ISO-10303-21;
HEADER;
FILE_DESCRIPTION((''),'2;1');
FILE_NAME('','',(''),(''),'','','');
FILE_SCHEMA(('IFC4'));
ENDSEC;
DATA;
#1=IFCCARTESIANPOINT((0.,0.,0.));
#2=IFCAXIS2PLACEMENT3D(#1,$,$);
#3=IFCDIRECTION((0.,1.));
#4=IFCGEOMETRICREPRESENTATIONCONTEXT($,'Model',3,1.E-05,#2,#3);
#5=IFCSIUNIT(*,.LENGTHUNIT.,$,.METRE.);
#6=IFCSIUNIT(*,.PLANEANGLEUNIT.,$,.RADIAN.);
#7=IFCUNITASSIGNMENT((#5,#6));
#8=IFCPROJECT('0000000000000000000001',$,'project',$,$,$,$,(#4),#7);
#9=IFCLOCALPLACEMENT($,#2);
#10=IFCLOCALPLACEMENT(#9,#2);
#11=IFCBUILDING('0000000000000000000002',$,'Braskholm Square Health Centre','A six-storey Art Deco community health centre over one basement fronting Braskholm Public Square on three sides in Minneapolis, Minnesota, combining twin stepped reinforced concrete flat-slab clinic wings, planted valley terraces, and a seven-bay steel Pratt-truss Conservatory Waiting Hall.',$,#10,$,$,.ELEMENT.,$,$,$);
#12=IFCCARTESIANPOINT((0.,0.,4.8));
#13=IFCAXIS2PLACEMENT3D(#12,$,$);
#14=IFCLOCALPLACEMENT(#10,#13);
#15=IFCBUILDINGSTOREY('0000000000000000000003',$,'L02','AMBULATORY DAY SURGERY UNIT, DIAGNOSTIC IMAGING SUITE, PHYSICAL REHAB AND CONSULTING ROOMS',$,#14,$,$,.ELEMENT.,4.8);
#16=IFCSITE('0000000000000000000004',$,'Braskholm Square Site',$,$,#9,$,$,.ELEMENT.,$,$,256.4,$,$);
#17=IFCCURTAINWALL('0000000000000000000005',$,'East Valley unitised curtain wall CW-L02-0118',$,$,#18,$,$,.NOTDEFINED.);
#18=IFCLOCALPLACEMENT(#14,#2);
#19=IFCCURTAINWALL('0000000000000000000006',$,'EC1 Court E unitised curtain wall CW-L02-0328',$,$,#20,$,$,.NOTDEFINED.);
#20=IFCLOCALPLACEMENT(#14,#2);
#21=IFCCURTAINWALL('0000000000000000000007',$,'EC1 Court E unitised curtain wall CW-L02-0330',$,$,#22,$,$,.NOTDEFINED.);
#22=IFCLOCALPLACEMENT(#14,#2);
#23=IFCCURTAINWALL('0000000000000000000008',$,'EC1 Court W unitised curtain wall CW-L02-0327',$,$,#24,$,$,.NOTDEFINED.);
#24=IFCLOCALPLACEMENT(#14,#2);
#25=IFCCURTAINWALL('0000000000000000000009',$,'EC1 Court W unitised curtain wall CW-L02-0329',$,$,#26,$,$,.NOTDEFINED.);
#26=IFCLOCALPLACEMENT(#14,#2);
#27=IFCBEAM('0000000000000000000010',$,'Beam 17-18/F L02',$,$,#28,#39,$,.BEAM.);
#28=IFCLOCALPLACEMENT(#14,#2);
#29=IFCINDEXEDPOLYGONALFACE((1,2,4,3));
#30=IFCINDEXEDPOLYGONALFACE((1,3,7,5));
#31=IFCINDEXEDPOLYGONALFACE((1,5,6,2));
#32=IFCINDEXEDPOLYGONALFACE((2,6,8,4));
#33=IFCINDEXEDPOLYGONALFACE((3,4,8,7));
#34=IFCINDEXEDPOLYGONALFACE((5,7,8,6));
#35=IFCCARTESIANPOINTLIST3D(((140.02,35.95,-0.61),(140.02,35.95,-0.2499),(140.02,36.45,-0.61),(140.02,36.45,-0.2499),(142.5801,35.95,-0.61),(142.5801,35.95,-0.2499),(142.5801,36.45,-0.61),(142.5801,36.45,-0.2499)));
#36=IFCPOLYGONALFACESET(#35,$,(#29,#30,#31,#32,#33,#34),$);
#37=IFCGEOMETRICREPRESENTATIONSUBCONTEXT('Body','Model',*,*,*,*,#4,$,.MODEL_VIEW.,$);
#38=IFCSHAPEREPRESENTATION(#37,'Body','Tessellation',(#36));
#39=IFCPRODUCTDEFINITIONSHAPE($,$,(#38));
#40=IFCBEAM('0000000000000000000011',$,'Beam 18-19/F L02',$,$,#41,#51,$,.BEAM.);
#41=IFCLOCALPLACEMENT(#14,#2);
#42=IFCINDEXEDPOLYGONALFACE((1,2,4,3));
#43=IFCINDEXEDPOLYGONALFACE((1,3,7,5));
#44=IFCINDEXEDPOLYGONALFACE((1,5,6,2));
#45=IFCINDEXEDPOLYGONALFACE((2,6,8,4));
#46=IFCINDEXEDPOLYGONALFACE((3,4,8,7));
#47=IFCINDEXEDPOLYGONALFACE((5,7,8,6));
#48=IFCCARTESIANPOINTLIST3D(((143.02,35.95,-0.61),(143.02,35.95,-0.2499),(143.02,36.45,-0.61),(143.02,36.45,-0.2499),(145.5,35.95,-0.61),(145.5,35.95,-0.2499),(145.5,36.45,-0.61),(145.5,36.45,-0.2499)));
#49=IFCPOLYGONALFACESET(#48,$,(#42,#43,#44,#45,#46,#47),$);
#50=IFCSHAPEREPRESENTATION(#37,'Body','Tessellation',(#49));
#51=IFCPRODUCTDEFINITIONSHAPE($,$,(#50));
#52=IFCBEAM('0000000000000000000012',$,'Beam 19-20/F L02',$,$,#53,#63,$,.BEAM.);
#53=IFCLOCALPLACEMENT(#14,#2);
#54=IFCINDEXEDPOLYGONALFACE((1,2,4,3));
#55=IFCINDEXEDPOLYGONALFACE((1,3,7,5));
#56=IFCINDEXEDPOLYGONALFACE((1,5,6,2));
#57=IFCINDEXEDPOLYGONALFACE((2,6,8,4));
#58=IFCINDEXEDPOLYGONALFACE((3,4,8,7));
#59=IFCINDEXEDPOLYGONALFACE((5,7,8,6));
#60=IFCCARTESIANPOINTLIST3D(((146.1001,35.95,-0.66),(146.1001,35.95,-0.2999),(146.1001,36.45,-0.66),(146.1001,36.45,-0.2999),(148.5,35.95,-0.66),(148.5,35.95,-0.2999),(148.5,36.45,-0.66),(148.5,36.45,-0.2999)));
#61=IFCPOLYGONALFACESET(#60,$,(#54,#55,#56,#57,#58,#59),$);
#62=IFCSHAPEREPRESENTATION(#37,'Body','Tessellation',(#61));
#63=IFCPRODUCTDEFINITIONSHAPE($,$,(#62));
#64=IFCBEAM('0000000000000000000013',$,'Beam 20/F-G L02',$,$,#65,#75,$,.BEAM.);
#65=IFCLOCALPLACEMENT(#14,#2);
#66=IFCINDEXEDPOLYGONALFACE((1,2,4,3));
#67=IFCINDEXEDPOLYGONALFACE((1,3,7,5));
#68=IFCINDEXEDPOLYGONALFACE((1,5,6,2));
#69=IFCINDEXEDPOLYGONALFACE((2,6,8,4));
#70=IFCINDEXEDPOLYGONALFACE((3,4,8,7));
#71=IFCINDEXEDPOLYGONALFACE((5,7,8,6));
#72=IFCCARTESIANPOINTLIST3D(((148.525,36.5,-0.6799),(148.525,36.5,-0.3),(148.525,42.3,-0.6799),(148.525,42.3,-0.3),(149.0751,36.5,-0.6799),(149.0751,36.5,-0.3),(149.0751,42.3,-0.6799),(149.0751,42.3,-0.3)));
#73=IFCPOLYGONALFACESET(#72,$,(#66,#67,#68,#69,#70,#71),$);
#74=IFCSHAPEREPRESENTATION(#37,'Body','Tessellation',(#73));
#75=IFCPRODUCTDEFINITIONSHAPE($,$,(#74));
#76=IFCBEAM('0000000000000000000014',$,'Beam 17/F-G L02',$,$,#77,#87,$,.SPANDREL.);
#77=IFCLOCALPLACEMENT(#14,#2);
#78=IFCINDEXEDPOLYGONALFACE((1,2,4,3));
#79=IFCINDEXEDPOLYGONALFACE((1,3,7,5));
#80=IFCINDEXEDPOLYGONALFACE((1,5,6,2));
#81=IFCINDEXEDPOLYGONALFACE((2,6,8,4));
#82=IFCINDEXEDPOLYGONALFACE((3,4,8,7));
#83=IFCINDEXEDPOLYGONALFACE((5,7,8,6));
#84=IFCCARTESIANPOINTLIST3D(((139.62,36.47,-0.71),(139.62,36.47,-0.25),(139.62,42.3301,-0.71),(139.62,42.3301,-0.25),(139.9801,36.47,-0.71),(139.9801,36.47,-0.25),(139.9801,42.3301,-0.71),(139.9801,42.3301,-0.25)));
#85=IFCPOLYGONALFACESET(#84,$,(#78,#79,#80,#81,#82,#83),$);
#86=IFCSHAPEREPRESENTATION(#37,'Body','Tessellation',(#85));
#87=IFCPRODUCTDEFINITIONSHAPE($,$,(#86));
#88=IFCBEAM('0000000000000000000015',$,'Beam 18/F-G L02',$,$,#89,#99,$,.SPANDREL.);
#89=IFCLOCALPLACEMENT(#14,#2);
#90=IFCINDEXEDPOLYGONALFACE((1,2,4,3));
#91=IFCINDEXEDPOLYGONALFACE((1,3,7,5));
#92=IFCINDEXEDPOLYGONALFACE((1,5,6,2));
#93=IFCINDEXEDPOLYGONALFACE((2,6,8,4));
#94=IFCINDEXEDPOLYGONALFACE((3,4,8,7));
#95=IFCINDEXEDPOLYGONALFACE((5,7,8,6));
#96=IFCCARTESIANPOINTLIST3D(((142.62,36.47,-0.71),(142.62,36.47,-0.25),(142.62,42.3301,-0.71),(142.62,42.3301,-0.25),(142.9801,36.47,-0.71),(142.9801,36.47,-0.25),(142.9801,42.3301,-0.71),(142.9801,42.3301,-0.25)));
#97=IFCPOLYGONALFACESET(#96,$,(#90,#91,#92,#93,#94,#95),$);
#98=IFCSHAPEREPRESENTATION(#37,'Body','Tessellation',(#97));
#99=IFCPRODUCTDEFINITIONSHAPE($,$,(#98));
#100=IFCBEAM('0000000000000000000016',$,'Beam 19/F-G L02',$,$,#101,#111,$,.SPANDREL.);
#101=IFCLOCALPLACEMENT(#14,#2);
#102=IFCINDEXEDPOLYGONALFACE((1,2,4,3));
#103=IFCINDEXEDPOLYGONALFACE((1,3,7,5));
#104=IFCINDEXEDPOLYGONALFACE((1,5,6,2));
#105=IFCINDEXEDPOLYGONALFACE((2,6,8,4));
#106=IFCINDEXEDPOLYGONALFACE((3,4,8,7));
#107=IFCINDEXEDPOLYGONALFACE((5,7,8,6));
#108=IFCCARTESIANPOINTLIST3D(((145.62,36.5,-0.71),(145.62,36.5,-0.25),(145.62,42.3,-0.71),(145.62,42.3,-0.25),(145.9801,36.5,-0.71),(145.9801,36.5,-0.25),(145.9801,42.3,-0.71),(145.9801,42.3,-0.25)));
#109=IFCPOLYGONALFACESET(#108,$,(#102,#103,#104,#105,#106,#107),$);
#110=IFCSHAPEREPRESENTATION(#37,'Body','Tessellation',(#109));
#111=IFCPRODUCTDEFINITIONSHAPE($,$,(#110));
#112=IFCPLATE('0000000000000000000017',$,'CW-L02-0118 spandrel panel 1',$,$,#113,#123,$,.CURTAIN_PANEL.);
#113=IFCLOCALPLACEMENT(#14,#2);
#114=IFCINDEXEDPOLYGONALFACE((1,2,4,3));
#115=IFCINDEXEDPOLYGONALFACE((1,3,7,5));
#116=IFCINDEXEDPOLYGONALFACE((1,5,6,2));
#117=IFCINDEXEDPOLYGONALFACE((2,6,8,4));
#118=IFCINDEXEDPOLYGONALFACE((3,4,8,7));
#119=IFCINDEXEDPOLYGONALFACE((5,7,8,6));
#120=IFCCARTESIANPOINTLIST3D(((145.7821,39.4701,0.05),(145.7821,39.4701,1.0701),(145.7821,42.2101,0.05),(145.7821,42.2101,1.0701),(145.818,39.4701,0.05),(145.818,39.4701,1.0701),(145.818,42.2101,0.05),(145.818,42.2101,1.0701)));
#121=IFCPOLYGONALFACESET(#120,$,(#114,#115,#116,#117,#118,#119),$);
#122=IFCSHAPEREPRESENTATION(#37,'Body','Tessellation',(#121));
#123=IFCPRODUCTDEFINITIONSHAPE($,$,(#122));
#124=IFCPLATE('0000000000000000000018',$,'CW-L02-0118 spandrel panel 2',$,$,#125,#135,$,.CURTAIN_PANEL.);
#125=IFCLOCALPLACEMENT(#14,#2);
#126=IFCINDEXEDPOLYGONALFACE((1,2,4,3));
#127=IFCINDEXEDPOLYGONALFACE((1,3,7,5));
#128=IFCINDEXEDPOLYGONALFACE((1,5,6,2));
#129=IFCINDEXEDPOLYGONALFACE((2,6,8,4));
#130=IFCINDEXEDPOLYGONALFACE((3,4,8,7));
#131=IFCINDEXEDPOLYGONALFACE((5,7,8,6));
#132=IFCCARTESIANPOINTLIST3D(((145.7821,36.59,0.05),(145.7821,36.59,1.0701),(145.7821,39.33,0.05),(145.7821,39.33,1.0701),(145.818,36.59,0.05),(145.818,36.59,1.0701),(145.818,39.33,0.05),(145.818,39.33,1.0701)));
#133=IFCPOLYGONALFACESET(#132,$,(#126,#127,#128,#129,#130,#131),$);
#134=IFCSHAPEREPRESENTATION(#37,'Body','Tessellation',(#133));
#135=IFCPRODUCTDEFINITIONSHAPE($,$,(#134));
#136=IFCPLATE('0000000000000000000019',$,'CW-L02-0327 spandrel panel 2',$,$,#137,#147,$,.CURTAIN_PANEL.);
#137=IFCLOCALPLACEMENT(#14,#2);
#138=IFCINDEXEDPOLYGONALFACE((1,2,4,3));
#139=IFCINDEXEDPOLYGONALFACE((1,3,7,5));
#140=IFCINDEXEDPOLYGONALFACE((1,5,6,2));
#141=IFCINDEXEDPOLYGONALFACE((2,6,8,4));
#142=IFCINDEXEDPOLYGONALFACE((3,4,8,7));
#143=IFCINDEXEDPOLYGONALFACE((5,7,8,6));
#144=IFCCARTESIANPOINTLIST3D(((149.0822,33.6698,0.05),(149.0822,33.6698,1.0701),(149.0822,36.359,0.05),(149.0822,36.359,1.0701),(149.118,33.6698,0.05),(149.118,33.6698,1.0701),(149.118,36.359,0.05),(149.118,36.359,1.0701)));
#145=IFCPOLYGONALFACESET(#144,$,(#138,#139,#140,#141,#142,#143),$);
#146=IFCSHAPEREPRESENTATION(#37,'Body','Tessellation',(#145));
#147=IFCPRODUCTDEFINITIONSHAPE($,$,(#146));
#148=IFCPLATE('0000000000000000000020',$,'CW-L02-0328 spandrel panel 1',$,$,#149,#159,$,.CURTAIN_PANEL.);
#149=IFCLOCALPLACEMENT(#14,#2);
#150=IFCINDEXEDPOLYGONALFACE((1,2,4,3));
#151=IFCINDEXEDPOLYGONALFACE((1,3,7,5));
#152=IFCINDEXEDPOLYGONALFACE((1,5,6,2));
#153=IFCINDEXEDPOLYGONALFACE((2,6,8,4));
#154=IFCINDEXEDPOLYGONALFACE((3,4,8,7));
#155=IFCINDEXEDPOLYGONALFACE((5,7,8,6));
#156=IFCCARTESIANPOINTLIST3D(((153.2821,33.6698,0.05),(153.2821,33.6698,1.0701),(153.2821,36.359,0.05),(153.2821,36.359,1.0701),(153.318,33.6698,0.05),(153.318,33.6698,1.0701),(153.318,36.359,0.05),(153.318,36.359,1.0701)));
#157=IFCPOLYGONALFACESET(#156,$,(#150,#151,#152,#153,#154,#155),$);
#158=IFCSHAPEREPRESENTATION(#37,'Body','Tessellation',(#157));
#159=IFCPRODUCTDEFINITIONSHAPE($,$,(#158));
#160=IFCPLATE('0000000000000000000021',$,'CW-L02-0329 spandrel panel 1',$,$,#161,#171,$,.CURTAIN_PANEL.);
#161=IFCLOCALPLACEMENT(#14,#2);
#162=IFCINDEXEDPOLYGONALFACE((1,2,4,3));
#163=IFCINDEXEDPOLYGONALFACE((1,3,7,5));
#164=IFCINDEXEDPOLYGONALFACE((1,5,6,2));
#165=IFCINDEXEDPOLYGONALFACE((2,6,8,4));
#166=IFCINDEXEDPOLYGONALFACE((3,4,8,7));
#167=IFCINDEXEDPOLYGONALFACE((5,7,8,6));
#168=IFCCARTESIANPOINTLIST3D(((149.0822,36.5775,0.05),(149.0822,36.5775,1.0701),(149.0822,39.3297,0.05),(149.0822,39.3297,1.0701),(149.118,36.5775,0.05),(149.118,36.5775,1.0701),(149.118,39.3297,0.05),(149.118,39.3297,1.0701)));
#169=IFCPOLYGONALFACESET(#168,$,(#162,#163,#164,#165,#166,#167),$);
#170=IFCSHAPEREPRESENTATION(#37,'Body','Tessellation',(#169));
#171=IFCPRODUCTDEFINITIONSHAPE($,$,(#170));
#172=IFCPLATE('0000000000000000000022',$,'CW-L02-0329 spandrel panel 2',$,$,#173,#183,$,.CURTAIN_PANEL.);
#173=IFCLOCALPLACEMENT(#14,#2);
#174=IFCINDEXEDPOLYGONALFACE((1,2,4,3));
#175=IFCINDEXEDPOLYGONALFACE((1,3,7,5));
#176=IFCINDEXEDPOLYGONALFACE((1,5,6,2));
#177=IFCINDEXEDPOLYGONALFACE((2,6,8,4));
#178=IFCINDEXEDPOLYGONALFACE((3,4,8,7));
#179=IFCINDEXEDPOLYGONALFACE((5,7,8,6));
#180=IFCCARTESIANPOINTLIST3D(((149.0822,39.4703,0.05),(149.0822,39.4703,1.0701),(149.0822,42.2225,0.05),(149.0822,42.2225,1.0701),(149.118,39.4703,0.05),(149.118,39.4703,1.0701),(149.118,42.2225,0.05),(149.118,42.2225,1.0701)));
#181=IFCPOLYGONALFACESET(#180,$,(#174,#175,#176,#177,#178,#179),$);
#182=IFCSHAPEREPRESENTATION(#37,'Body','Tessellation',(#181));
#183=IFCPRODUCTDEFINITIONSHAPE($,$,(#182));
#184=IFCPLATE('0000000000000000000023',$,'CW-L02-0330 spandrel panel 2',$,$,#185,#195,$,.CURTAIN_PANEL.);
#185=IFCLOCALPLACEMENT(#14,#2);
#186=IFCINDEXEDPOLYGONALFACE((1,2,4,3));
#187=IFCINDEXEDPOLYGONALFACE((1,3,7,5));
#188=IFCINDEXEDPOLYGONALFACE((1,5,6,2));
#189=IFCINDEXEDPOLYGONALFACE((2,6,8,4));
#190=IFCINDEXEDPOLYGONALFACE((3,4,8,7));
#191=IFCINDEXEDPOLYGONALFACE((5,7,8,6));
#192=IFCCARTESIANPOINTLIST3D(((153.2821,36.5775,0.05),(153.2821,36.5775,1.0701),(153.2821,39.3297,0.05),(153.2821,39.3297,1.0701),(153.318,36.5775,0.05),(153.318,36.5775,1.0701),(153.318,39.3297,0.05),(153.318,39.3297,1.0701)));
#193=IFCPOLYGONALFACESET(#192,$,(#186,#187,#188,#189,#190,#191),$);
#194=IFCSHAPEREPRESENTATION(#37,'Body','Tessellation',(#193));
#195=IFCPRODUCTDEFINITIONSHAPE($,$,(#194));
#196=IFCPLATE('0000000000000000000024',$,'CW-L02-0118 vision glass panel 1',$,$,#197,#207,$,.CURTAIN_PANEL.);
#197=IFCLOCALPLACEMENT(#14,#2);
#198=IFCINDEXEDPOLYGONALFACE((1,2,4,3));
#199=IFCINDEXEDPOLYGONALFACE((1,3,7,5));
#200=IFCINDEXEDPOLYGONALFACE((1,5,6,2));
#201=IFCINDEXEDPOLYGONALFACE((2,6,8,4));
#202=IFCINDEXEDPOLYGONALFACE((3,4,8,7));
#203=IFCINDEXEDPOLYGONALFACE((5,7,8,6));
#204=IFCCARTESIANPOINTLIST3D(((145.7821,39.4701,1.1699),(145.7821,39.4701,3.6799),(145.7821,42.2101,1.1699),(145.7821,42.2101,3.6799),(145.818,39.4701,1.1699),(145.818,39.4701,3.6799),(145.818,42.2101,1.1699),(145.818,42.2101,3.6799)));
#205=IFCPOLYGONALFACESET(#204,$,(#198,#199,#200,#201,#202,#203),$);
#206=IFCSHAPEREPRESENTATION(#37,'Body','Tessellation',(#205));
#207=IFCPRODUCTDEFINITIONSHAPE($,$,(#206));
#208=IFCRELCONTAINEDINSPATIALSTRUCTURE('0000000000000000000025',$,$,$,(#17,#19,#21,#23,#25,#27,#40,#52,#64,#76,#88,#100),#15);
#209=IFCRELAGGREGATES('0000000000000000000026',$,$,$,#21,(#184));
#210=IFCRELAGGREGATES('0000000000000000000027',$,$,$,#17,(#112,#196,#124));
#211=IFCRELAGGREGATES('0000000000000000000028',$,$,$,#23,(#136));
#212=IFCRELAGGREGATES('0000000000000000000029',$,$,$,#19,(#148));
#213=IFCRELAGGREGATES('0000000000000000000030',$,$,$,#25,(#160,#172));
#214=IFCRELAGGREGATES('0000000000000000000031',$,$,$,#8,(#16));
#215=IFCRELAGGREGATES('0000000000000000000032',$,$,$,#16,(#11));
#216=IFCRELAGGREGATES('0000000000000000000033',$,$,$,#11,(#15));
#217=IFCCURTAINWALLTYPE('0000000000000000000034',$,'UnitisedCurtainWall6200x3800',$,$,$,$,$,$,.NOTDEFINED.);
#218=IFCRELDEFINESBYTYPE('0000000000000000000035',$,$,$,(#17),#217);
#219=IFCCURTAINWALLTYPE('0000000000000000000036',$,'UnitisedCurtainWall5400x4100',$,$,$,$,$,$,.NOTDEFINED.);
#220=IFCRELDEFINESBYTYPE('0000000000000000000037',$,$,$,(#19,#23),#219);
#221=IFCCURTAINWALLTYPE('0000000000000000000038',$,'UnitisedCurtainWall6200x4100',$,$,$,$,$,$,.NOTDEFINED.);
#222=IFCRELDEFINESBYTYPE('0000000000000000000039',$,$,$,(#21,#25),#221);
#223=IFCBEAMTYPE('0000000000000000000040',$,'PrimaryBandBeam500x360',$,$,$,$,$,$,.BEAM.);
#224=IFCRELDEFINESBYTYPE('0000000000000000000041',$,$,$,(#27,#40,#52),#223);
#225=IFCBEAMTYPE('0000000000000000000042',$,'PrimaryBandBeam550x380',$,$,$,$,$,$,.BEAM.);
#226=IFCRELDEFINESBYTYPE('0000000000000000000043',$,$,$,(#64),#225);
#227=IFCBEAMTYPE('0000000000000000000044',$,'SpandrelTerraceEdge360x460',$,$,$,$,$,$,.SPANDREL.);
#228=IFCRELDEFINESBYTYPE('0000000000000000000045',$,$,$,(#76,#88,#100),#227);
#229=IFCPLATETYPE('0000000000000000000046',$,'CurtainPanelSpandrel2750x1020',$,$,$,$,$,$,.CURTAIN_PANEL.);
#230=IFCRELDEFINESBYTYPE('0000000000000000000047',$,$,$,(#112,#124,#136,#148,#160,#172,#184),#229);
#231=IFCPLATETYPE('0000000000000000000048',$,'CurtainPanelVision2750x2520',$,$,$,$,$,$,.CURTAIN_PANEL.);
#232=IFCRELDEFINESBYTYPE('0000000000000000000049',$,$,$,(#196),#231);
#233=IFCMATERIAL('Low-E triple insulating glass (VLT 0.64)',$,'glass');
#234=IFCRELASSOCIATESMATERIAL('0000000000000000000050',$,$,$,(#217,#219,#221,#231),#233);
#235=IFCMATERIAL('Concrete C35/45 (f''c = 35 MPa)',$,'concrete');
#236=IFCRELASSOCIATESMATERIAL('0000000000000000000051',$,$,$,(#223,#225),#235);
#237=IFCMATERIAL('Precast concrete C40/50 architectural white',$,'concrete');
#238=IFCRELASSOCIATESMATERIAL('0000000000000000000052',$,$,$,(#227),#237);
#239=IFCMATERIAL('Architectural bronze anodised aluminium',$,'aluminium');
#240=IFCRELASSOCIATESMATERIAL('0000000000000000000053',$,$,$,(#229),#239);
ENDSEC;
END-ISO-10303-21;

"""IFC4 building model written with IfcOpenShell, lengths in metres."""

from ifc_helpers import new_model, si_unit, direction, frame, origin, origin_2d, place, context, subcontext, project, spatial, rectangle, extrude, material, material_profile, profile_set, type_object, element, aggregate, save


model = new_model("IFC4")

# Units and contexts
model_context = context("Model", 3, precision=1e-05, world=origin(), true_north=direction((0.0, 1.0)))
body_context = subcontext(model_context, "Body", "Model", "MODEL_VIEW")
ifc_project = project(units=[si_unit("LENGTHUNIT", "METRE"), si_unit("PLANEANGLEUNIT", "RADIAN")], contexts=[model_context])

# Site, building, storey
site_placement = place(None, origin())
site = spatial("IfcSite", under=ifc_project, at=site_placement, Name="Braskholm Square Site", CompositionType="ELEMENT", RefElevation=256.4)
building_placement = place(site_placement, origin())
building = spatial("IfcBuilding", under=site, at=building_placement, Name="Braskholm Square Health Centre", Description="A six-storey Art Deco community health centre over one basement fronting Braskholm Public Square on three sides in Minneapolis, Minnesota, combining twin stepped reinforced concrete flat-slab clinic wings, planted valley terraces, and a seven-bay steel Pratt-truss Conservatory Waiting Hall.", CompositionType="ELEMENT")
storey_placement = place(building_placement, frame((0.0, 0.0, 4.8)))
storey = spatial("IfcBuildingStorey", under=building, at=storey_placement, Name="L02", Description="AMBULATORY DAY SURGERY UNIT, DIAGNOSTIC IMAGING SUITE, PHYSICAL REHAB AND CONSULTING ROOMS", CompositionType="ELEMENT", Elevation=4.8)

# Curtain walls
ifc_material_1 = material(Name="Low-E triple insulating glass (VLT 0.64)", Category="glass")
curtain_wall_type_1 = type_object("IfcCurtainWallType", Name="UnitisedCurtainWall6200x3800", PredefinedType="NOTDEFINED", material=ifc_material_1)
curtain_wall_1_placement = place(storey_placement, origin())
curtain_wall_1 = element("IfcCurtainWall", 1, at=curtain_wall_1_placement, inside=storey, type_object=curtain_wall_type_1, Name="East Valley unitised curtain wall CW-L02-0118", PredefinedType="NOTDEFINED")
ifc_material_2 = material(Name="Architectural bronze anodised aluminium", Category="aluminium")
curtain_wall_type_2 = type_object("IfcCurtainWallType", Name="UnitisedCurtainWall5400x4100", PredefinedType="NOTDEFINED", material=ifc_material_1)
curtain_wall_2_placement = place(storey_placement, origin())
curtain_wall_2 = element("IfcCurtainWall", 2, at=curtain_wall_2_placement, inside=storey, type_object=curtain_wall_type_2, Name="EC1 Court E unitised curtain wall CW-L02-0328", PredefinedType="NOTDEFINED")

# Curtain walls
curtain_wall_type_3 = type_object("IfcCurtainWallType", Name="UnitisedCurtainWall6200x4100", PredefinedType="NOTDEFINED", material=ifc_material_1)
curtain_wall_3_placement = place(storey_placement, origin())
curtain_wall_3 = element("IfcCurtainWall", 3, at=curtain_wall_3_placement, inside=storey, type_object=curtain_wall_type_3, Name="EC1 Court E unitised curtain wall CW-L02-0330", PredefinedType="NOTDEFINED")
curtain_wall_4_placement = place(storey_placement, origin())
curtain_wall_4 = element("IfcCurtainWall", 4, at=curtain_wall_4_placement, inside=storey, type_object=curtain_wall_type_2, Name="EC1 Court W unitised curtain wall CW-L02-0327", PredefinedType="NOTDEFINED")

# Curtain wall
curtain_wall_5_placement = place(storey_placement, origin())
curtain_wall_5 = element("IfcCurtainWall", 5, at=curtain_wall_5_placement, inside=storey, type_object=curtain_wall_type_3, Name="EC1 Court W unitised curtain wall CW-L02-0329", PredefinedType="NOTDEFINED")

# Beams
ifc_material_3 = material(Name="Concrete C35/45 (f'c = 35 MPa)", Category="concrete")
ifc_material_profile_1 = material_profile(ifc_material_3, rectangle(XDim=0.5, YDim=0.3601, at=origin_2d()), Name="RCB-500X360")
ifc_profile_set_1 = profile_set([ifc_material_profile_1], Name="Concrete C35/45 (f'c = 35 MPa)")
beam_type_1 = type_object("IfcBeamType", Name="PrimaryBandBeam500x360", PredefinedType="BEAM", material=ifc_profile_set_1)
beam_1_placement = place(storey_placement, frame((140.02, 36.2, -0.4299), z_axis=(1.0, 0.0, 0.0), x_axis=(0.0, 1.0, 0.0)))
element("IfcBeam", 6, at=beam_1_placement, inside=storey, type_object=beam_type_1, Name="Beam 17-18/F L02", PredefinedType="BEAM", context=body_context, shape_type="SweptSolid", body=[
    extrude(rectangle(XDim=0.5, YDim=0.3601, at=origin_2d()), origin(), (0.0, 0.0, 1.0), 2.5601),
])
beam_2_placement = place(storey_placement, frame((143.02, 36.2, -0.4299), z_axis=(1.0, 0.0, 0.0), x_axis=(0.0, 1.0, 0.0)))
element("IfcBeam", 7, at=beam_2_placement, inside=storey, type_object=beam_type_1, Name="Beam 18-19/F L02", PredefinedType="BEAM", context=body_context, shape_type="SweptSolid", body=[
    extrude(rectangle(XDim=0.5, YDim=0.3601, at=origin_2d()), origin(), (0.0, 0.0, 1.0), 2.48),
])
beam_3_placement = place(storey_placement, frame((146.1001, 36.2, -0.48), z_axis=(1.0, 0.0, 0.0), x_axis=(0.0, 1.0, 0.0)))
element("IfcBeam", 8, at=beam_3_placement, inside=storey, type_object=beam_type_1, Name="Beam 19-20/F L02", PredefinedType="BEAM", context=body_context, shape_type="SweptSolid", body=[
    extrude(rectangle(XDim=0.5, YDim=0.3601, at=origin_2d()), origin(), (0.0, 0.0, 1.0), 2.3999),
])
ifc_material_profile_2 = material_profile(ifc_material_3, rectangle(XDim=0.55, YDim=0.3799, at=origin_2d()), Name="RCB-550X380")
ifc_profile_set_2 = profile_set([ifc_material_profile_2], Name="Concrete C35/45 (f'c = 35 MPa)")
beam_type_2 = type_object("IfcBeamType", Name="PrimaryBandBeam550x380", PredefinedType="BEAM", material=ifc_profile_set_2)
beam_4_placement = place(storey_placement, frame((148.8, 36.5, -0.49), z_axis=(0.0, 1.0, 0.0), x_axis=(-1.0, 0.0, 0.0)))
element("IfcBeam", 9, at=beam_4_placement, inside=storey, type_object=beam_type_2, Name="Beam 20/F-G L02", PredefinedType="BEAM", context=body_context, shape_type="SweptSolid", body=[
    extrude(rectangle(XDim=0.55, YDim=0.3799, at=origin_2d()), origin(), (0.0, 0.0, 1.0), 5.8),
])
ifc_material_4 = material(Name="Precast concrete C40/50 architectural white", Category="concrete")
ifc_material_profile_3 = material_profile(ifc_material_4, rectangle(XDim=0.3601, YDim=0.46, at=origin_2d()), Name="RCB-360X460")
ifc_profile_set_3 = profile_set([ifc_material_profile_3], Name="Precast concrete C40/50 architectural white")
beam_type_3 = type_object("IfcBeamType", Name="SpandrelTerraceEdge360x460", PredefinedType="SPANDREL", material=ifc_profile_set_3)
for number, where, z_axis, x_axis, name in (
    (10, (139.8, 36.47, -0.48), (0.0, 1.0, 0.0), (-1.0, 0.0, 0.0), "Beam 17/F-G L02"),
    (11, (142.8, 36.47, -0.48), (0.0, 1.0, 0.0), (-1.0, 0.0, 0.0), "Beam 18/F-G L02"),
):
    element("IfcBeam", number, at=place(storey_placement, frame(where, z_axis=z_axis, x_axis=x_axis)), inside=storey, type_object=beam_type_3, Name=name, PredefinedType="SPANDREL", context=body_context, shape_type="SweptSolid", body=[
        extrude(rectangle(XDim=0.3601, YDim=0.46, at=origin_2d()), origin(), (0.0, 0.0, 1.0), 5.8601),
    ])
beam_5_placement = place(storey_placement, frame((145.8, 36.5, -0.48), z_axis=(0.0, 1.0, 0.0), x_axis=(-1.0, 0.0, 0.0)))
element("IfcBeam", 12, at=beam_5_placement, inside=storey, type_object=beam_type_3, Name="Beam 19/F-G L02", PredefinedType="SPANDREL", context=body_context, shape_type="SweptSolid", body=[
    extrude(rectangle(XDim=0.3601, YDim=0.46, at=origin_2d()), origin(), (0.0, 0.0, 1.0), 5.8),
])

# Plates
plate_type_1 = type_object("IfcPlateType", Name="CurtainPanelSpandrel2750x1020", PredefinedType="CURTAIN_PANEL", material=ifc_material_2)
plate_1_placement = place(storey_placement, frame((145.8, 40.8401, 0.05), z_axis=(0.0, 0.0, 1.0), x_axis=(0.0, -1.0, 0.0)))
plate_1 = element("IfcPlate", 13, at=plate_1_placement, type_object=plate_type_1, Name="CW-L02-0118 spandrel panel 1", PredefinedType="CURTAIN_PANEL", context=body_context, shape_type="SweptSolid", body=[
    extrude(rectangle(XDim=2.74, YDim=0.0359, at=origin_2d()), origin(), (0.0, 0.0, 1.0), 1.02),
])
plate_2_placement = place(storey_placement, frame((145.8, 37.96, 0.05), z_axis=(0.0, 0.0, 1.0), x_axis=(0.0, -1.0, 0.0)))
plate_2 = element("IfcPlate", 14, at=plate_2_placement, type_object=plate_type_1, Name="CW-L02-0118 spandrel panel 2", PredefinedType="CURTAIN_PANEL", context=body_context, shape_type="SweptSolid", body=[
    extrude(rectangle(XDim=2.74, YDim=0.0359, at=origin_2d()), origin(), (0.0, 0.0, 1.0), 1.02),
])
plate_3_placement = place(storey_placement, frame((149.1001, 35.0144, 0.05), z_axis=(0.0, 0.0, 1.0), x_axis=(0.0, 1.0, 0.0)))
plate_3 = element("IfcPlate", 15, at=plate_3_placement, type_object=plate_type_1, Name="CW-L02-0327 spandrel panel 2", PredefinedType="CURTAIN_PANEL", context=body_context, shape_type="SweptSolid", body=[
    extrude(rectangle(XDim=2.6892, YDim=0.0359, at=origin_2d()), origin(), (0.0, 0.0, 1.0), 1.02),
])
plate_4_placement = place(storey_placement, frame((153.3, 35.0144, 0.05), z_axis=(0.0, 0.0, 1.0), x_axis=(0.0, -1.0, 0.0)))
plate_4 = element("IfcPlate", 16, at=plate_4_placement, type_object=plate_type_1, Name="CW-L02-0328 spandrel panel 1", PredefinedType="CURTAIN_PANEL", context=body_context, shape_type="SweptSolid", body=[
    extrude(rectangle(XDim=2.6892, YDim=0.0359, at=origin_2d()), origin(), (0.0, 0.0, 1.0), 1.02),
])
plate_5_placement = place(storey_placement, frame((149.1001, 37.9536, 0.05), z_axis=(0.0, 0.0, 1.0), x_axis=(0.0, 1.0, 0.0)))
plate_5 = element("IfcPlate", 17, at=plate_5_placement, type_object=plate_type_1, Name="CW-L02-0329 spandrel panel 1", PredefinedType="CURTAIN_PANEL", context=body_context, shape_type="SweptSolid", body=[
    extrude(rectangle(XDim=2.7522, YDim=0.0359, at=origin_2d()), origin(), (0.0, 0.0, 1.0), 1.02),
])
plate_6_placement = place(storey_placement, frame((149.1001, 40.8464, 0.05), z_axis=(0.0, 0.0, 1.0), x_axis=(0.0, 1.0, 0.0)))
plate_6 = element("IfcPlate", 18, at=plate_6_placement, type_object=plate_type_1, Name="CW-L02-0329 spandrel panel 2", PredefinedType="CURTAIN_PANEL", context=body_context, shape_type="SweptSolid", body=[
    extrude(rectangle(XDim=2.7522, YDim=0.0359, at=origin_2d()), origin(), (0.0, 0.0, 1.0), 1.02),
])
plate_7_placement = place(storey_placement, frame((153.3, 37.9536, 0.05), z_axis=(0.0, 0.0, 1.0), x_axis=(0.0, -1.0, 0.0)))
plate_7 = element("IfcPlate", 19, at=plate_7_placement, type_object=plate_type_1, Name="CW-L02-0330 spandrel panel 2", PredefinedType="CURTAIN_PANEL", context=body_context, shape_type="SweptSolid", body=[
    extrude(rectangle(XDim=2.7522, YDim=0.0359, at=origin_2d()), origin(), (0.0, 0.0, 1.0), 1.02),
])
aggregate(curtain_wall_3, [plate_7])
plate_type_2 = type_object("IfcPlateType", Name="CurtainPanelVision2750x2520", PredefinedType="CURTAIN_PANEL", material=ifc_material_1)
plate_8_placement = place(storey_placement, frame((145.8, 40.8401, 1.1699), z_axis=(0.0, 0.0, 1.0), x_axis=(0.0, -1.0, 0.0)))
plate_8 = element("IfcPlate", 20, at=plate_8_placement, type_object=plate_type_2, Name="CW-L02-0118 vision glass panel 1", PredefinedType="CURTAIN_PANEL", context=body_context, shape_type="SweptSolid", body=[
    extrude(rectangle(XDim=2.74, YDim=0.0359, at=origin_2d()), origin(), (0.0, 0.0, 1.0), 2.51),
])
aggregate(curtain_wall_1, [plate_1, plate_8, plate_2])
aggregate(curtain_wall_4, [plate_3])
aggregate(curtain_wall_2, [plate_4])
aggregate(curtain_wall_5, [plate_5, plate_6])

save(model, "model.ifc")
